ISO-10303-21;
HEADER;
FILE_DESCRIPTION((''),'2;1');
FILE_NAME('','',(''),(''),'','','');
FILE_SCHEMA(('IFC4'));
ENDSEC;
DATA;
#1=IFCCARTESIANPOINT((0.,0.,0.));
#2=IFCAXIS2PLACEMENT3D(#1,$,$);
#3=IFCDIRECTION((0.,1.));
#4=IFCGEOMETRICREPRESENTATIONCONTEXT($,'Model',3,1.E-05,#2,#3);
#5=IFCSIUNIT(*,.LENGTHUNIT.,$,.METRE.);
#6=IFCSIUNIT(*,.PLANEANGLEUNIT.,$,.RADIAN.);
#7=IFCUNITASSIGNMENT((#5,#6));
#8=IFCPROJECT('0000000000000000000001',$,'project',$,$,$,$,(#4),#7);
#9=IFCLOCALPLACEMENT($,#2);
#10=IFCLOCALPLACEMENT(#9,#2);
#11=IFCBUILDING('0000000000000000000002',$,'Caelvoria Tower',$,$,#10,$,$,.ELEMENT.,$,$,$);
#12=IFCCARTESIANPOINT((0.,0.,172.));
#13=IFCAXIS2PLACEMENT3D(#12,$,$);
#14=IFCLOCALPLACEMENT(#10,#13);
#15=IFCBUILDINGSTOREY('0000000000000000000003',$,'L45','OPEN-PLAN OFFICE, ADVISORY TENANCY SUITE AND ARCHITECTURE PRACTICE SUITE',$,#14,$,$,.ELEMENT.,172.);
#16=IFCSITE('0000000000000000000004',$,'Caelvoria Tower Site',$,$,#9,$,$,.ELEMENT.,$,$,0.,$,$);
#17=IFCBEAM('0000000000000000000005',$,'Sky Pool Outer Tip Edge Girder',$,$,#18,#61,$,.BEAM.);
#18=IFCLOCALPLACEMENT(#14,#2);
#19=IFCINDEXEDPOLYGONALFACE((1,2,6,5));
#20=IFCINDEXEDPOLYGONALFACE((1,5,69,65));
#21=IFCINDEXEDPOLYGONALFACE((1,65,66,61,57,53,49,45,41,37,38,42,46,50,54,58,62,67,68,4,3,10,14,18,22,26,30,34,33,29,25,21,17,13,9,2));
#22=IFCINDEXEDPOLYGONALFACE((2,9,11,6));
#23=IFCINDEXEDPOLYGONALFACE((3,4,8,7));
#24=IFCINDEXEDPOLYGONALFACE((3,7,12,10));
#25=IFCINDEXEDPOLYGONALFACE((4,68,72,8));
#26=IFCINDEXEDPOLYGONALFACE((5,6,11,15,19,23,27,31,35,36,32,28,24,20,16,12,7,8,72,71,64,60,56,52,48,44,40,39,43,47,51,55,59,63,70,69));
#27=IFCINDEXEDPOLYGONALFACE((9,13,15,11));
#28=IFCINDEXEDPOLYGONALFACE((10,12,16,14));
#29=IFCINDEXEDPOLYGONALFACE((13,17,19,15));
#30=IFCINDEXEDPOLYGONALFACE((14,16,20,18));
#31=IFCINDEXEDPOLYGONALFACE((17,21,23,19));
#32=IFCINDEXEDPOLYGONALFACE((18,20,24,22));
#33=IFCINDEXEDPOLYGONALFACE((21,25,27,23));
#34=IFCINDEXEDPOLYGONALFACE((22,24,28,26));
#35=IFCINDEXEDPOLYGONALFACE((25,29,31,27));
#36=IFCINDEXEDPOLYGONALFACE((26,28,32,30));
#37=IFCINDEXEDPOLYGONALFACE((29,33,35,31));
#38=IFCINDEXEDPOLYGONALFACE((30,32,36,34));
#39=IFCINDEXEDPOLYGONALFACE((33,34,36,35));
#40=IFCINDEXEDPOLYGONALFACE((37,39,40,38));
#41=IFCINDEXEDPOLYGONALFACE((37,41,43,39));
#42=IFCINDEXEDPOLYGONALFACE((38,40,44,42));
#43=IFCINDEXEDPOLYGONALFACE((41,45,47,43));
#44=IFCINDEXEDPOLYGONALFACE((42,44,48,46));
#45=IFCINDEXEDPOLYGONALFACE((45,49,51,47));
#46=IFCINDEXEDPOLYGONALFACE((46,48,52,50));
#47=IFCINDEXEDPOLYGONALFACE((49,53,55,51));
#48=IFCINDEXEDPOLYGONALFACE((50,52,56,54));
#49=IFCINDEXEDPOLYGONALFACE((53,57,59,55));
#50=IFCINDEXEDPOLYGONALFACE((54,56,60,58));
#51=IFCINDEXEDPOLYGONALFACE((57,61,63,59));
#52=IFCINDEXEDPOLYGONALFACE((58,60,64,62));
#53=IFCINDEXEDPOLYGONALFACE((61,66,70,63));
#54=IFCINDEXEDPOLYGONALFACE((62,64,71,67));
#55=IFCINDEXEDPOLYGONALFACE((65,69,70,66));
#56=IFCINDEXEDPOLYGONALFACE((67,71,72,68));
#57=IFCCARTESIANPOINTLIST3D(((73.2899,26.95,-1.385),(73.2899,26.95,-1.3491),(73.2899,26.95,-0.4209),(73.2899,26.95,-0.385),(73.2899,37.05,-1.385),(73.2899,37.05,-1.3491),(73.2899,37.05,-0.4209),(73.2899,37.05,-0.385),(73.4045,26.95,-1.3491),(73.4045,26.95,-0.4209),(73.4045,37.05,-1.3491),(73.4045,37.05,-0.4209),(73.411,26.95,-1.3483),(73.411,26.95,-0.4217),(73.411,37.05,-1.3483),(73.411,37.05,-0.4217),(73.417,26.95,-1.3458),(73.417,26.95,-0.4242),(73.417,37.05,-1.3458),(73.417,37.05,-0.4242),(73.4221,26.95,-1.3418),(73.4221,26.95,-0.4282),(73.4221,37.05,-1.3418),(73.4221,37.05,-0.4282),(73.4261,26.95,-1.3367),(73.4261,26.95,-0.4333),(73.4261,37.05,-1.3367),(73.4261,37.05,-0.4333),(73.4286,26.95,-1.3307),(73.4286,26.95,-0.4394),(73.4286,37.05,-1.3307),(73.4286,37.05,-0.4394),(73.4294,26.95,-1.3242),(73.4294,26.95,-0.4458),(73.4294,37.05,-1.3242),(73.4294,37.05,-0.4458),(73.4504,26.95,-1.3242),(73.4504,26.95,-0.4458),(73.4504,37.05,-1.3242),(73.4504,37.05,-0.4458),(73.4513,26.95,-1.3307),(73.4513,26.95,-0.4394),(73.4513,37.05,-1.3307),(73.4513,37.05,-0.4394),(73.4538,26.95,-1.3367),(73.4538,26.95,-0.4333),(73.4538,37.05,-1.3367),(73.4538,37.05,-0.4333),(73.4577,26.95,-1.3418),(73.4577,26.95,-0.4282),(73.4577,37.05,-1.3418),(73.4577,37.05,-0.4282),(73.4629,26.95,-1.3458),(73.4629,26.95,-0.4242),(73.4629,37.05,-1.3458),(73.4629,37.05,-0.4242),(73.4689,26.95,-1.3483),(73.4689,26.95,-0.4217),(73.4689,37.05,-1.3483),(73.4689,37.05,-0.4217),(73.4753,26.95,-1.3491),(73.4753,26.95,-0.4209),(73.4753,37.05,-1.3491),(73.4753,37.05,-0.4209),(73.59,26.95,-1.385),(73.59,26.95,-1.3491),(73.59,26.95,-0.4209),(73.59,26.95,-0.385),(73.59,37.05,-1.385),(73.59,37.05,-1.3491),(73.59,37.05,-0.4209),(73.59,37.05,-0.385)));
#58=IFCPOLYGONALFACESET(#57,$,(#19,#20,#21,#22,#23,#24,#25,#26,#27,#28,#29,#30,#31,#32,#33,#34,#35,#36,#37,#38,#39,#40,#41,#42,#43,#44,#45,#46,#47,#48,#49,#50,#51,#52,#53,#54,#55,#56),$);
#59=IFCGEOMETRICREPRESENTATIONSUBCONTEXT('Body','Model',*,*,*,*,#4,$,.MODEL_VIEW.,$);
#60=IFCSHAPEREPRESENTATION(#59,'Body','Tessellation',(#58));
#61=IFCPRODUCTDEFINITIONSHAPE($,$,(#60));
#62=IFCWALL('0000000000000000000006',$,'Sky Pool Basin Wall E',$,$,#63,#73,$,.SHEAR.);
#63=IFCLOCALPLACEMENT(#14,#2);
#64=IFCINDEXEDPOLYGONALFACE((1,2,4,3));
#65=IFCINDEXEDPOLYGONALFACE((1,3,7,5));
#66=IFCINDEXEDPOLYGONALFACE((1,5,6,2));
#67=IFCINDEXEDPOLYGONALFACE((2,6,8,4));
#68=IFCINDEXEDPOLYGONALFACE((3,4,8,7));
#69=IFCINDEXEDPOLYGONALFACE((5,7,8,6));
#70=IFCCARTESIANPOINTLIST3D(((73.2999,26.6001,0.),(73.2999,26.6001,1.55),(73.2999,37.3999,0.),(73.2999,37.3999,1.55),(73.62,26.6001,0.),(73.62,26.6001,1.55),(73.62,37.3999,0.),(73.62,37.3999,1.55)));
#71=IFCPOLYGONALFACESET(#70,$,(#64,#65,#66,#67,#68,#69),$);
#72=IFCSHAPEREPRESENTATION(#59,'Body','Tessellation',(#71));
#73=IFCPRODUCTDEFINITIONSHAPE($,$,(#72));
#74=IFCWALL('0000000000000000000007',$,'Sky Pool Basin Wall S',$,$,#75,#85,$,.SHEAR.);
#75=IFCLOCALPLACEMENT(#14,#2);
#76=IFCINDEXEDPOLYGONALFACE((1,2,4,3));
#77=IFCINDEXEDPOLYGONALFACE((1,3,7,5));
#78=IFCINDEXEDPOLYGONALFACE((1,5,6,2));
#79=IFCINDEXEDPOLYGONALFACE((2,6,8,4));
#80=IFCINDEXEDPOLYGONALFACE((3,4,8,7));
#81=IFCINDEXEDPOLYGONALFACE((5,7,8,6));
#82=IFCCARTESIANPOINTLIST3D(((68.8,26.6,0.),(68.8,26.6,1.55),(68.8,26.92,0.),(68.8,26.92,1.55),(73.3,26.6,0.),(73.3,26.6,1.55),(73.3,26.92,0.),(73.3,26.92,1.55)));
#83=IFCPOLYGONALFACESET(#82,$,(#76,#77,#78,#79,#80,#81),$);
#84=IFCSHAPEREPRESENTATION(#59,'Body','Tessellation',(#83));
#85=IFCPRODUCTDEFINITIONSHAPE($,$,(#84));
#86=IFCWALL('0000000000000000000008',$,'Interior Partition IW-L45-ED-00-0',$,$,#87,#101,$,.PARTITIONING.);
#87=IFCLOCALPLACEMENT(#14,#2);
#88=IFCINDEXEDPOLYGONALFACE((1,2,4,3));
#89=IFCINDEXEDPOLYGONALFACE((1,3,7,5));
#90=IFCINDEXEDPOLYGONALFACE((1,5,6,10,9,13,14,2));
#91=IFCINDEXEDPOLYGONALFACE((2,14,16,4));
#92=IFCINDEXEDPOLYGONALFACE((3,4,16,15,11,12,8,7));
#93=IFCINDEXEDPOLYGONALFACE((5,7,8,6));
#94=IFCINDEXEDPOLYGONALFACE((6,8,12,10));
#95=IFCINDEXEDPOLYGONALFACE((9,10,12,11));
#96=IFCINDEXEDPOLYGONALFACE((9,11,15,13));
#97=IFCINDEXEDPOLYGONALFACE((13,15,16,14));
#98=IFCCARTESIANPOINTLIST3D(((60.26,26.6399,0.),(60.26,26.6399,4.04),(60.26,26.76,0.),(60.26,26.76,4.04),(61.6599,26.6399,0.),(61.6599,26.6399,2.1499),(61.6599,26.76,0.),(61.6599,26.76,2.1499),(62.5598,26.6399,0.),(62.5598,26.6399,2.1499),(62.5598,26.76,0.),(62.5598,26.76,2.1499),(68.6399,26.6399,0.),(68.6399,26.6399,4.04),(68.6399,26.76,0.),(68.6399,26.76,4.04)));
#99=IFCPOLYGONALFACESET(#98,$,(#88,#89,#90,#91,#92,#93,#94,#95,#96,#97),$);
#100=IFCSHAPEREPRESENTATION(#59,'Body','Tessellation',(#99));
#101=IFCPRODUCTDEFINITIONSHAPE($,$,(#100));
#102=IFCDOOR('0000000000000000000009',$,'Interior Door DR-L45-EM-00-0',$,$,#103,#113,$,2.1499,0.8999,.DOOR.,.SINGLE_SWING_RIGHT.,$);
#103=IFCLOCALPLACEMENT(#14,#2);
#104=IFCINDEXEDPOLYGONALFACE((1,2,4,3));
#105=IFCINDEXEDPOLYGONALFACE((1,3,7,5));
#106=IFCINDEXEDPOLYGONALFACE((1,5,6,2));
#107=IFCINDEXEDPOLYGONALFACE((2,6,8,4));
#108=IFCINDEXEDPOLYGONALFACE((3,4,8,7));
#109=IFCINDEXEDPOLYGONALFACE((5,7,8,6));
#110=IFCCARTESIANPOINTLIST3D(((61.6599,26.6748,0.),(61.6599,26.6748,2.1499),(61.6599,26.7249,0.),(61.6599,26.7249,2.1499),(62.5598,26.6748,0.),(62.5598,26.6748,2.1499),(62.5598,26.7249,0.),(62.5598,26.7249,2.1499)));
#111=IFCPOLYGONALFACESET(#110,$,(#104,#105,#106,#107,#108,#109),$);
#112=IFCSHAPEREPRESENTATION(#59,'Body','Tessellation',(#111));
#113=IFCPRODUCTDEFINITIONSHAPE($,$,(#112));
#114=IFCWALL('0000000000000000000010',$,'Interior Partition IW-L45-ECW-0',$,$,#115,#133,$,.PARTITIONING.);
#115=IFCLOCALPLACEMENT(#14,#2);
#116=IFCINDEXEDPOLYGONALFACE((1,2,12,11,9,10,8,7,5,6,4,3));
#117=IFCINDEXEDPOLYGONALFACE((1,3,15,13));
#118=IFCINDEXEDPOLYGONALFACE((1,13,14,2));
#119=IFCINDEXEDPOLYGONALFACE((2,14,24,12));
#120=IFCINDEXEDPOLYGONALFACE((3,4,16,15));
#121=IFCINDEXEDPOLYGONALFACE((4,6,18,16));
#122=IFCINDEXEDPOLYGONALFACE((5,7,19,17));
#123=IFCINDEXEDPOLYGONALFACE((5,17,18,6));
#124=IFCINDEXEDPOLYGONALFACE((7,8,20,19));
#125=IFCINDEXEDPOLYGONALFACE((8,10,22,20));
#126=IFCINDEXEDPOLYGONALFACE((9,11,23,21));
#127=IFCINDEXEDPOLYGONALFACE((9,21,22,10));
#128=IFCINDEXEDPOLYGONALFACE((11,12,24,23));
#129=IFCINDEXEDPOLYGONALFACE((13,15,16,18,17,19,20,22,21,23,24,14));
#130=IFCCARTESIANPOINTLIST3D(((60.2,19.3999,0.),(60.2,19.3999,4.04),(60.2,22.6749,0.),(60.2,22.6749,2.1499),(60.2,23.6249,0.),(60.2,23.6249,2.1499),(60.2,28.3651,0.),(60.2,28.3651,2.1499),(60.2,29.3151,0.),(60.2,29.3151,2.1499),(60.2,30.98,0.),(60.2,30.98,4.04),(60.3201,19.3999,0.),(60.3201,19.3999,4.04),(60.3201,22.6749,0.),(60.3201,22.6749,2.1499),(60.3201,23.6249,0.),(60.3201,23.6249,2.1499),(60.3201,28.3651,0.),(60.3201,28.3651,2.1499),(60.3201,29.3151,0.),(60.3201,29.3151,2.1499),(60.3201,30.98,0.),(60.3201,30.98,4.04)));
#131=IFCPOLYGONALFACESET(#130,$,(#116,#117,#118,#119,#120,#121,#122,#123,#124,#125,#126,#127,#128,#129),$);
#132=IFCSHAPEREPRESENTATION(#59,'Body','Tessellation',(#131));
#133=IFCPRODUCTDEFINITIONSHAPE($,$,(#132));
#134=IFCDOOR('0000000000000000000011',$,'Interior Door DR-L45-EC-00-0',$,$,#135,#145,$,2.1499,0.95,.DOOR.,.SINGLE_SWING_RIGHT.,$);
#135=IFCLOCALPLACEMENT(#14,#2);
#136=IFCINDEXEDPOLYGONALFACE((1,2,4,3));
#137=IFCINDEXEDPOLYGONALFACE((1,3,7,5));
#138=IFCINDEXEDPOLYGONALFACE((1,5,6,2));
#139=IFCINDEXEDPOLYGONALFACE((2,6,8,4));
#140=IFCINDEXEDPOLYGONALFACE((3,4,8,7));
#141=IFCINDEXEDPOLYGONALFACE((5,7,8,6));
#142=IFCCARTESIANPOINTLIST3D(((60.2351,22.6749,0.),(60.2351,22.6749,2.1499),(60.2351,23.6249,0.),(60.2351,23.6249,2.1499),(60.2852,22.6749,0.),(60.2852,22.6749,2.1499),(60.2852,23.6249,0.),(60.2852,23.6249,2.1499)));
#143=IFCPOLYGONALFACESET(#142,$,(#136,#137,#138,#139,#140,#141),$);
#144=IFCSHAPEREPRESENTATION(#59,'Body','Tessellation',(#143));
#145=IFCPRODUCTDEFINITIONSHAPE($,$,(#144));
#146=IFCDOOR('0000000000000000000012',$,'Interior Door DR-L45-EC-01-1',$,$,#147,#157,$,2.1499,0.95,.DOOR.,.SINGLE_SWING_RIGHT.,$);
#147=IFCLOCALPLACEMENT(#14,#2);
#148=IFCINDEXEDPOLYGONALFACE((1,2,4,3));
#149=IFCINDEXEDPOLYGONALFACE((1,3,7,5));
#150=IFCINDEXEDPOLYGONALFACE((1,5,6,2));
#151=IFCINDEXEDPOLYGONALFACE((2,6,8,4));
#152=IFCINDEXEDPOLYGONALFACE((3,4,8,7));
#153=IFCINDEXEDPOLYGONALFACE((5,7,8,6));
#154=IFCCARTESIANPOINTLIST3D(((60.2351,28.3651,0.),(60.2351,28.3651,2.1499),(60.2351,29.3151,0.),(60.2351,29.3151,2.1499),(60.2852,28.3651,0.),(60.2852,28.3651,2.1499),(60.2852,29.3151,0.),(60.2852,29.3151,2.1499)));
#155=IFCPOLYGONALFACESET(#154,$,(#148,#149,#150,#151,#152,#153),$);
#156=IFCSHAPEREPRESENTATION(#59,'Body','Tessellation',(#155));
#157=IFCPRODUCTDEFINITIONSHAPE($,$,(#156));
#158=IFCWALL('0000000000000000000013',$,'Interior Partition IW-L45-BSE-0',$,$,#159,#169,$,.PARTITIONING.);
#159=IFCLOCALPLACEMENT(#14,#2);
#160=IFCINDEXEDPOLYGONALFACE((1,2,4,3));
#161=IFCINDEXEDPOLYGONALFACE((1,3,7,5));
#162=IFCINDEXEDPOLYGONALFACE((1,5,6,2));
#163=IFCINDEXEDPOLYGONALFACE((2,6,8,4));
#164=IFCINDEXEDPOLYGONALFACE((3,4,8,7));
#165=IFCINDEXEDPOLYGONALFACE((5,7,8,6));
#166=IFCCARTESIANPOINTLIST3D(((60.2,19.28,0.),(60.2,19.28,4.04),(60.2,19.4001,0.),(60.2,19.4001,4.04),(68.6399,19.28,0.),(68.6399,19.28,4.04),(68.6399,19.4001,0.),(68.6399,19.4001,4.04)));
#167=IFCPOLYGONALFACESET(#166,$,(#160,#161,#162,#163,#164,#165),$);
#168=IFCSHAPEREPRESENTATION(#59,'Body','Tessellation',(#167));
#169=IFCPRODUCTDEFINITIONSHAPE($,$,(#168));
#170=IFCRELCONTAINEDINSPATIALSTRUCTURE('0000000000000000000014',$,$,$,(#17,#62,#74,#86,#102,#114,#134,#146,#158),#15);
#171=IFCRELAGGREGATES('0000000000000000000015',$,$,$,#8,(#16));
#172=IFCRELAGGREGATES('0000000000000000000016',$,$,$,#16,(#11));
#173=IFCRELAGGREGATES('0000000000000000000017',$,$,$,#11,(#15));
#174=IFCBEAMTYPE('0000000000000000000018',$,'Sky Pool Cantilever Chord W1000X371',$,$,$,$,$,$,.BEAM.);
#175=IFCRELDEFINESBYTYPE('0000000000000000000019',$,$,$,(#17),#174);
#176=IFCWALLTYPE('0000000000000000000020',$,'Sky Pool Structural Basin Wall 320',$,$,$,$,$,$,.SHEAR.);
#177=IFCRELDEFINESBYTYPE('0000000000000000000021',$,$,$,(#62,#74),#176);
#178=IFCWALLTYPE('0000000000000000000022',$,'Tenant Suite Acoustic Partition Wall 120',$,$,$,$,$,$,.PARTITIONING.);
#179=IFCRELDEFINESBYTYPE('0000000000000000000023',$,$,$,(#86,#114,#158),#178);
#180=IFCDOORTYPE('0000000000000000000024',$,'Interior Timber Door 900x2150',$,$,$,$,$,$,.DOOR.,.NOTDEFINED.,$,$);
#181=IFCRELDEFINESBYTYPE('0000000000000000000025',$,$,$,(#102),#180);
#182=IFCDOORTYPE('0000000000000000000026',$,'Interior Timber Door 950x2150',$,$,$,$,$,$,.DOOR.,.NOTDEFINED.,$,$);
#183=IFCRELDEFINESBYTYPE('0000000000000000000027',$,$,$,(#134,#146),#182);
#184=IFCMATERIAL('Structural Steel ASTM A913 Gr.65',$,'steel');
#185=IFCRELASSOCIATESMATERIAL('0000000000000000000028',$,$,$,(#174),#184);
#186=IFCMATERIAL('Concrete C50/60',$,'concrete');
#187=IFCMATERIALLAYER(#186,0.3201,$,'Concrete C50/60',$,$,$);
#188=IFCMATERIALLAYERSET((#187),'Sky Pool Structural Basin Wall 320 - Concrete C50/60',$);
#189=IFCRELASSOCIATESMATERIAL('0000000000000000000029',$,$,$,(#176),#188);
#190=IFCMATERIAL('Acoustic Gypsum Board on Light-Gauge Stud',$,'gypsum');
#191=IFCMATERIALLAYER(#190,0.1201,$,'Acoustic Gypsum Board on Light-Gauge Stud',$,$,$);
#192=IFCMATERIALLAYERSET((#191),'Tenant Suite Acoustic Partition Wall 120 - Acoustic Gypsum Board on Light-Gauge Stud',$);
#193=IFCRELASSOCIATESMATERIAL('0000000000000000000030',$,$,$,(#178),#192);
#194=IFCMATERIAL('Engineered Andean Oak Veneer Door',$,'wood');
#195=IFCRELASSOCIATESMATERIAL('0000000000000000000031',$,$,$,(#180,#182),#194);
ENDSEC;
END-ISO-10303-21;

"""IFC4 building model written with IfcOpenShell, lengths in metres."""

from ifc_helpers import new_model, si_unit, direction, frame, frame_2d, origin, origin_2d, place, context, subcontext, project, spatial, rectangle, i_section, extrude, material, layer, layer_set, material_profile, profile_set, type_object, element, fill, save


model = new_model("IFC4")

# Units and contexts
model_context = context("Model", 3, precision=1e-05, world=origin(), true_north=direction((0.0, 1.0)))
body_context = subcontext(model_context, "Body", "Model", "MODEL_VIEW")
ifc_project = project(units=[si_unit("LENGTHUNIT", "METRE"), si_unit("PLANEANGLEUNIT", "RADIAN")], contexts=[model_context])

# Site, building, storey
site_placement = place(None, origin())
site = spatial("IfcSite", under=ifc_project, at=site_placement, Name="Caelvoria Tower Site", CompositionType="ELEMENT", RefElevation=0.0)
building_placement = place(site_placement, origin())
building = spatial("IfcBuilding", under=site, at=building_placement, Name="Caelvoria Tower", CompositionType="ELEMENT")
storey_placement = place(building_placement, frame((0.0, 0.0, 172.0)))
storey = spatial("IfcBuildingStorey", under=building, at=storey_placement, Name="L45", Description="OPEN-PLAN OFFICE, ADVISORY TENANCY SUITE AND ARCHITECTURE PRACTICE SUITE", CompositionType="ELEMENT", Elevation=172.0)

# Beam
ifc_material_1 = material(Name="Structural Steel ASTM A913 Gr.65", Category="steel")
ifc_material_profile_1 = material_profile(ifc_material_1, i_section(OverallWidth=0.3, OverallDepth=1.0, WebThickness=0.021, FlangeThickness=0.0359, FilletRadius=0.0249, at=origin_2d()), Name="Structural Steel ASTM A913 Gr.65")
ifc_profile_set_1 = profile_set([ifc_material_profile_1], Name="W1000X371 - Structural Steel ASTM A913 Gr.65")
beam_type_1 = type_object("IfcBeamType", Name="Sky Pool Cantilever Chord W1000X371", PredefinedType="BEAM", material=ifc_profile_set_1)
beam_1_placement = place(storey_placement, frame((73.4399, 26.95, -0.885), z_axis=(0.0, 1.0, 0.0), x_axis=(-1.0, 0.0, 0.0)))
element("IfcBeam", 1, at=beam_1_placement, inside=storey, type_object=beam_type_1, Name="Sky Pool Outer Tip Edge Girder", PredefinedType="BEAM", context=body_context, shape_type="SweptSolid", body=[
    extrude(i_section(OverallWidth=0.3, OverallDepth=1.0, WebThickness=0.021, FlangeThickness=0.0359, FilletRadius=0.0249, at=origin_2d()), origin(), (0.0, 0.0, 1.0), 10.1001),
])

# Walls
ifc_material_2 = material(Name="Concrete C50/60", Category="concrete")
ifc_layer_1 = layer(ifc_material_2, 0.3201, Name="Concrete C50/60")
ifc_layer_set_1 = layer_set([ifc_layer_1], Name="Sky Pool Structural Basin Wall 320 - Concrete C50/60")
wall_type_1 = type_object("IfcWallType", Name="Sky Pool Structural Basin Wall 320", PredefinedType="SHEAR", material=ifc_layer_set_1)
wall_1_placement = place(storey_placement, frame((73.46, 26.6001, 0.0), z_axis=(0.0, 0.0, 1.0), x_axis=(0.0, 1.0, 0.0)))
element("IfcWall", 2, at=wall_1_placement, inside=storey, type_object=wall_type_1, Name="Sky Pool Basin Wall E", PredefinedType="SHEAR", context=body_context, shape_type="SweptSolid", body=[
    extrude(rectangle(XDim=10.7998, YDim=0.3201, at=frame_2d((5.3999, 0.0))), origin(), (0.0, 0.0, 1.0), 1.55),
])
wall_2_placement = place(storey_placement, frame((68.8, 26.76, 0.0), z_axis=(0.0, 0.0, 1.0), x_axis=(1.0, 0.0, 0.0)))
element("IfcWall", 3, at=wall_2_placement, inside=storey, type_object=wall_type_1, Name="Sky Pool Basin Wall S", PredefinedType="SHEAR", context=body_context, shape_type="SweptSolid", body=[
    extrude(rectangle(XDim=4.5, YDim=0.3201, at=frame_2d((2.25, 0.0))), origin(), (0.0, 0.0, 1.0), 1.55),
])

# Wall, opening, door
ifc_material_3 = material(Name="Acoustic Gypsum Board on Light-Gauge Stud", Category="gypsum")
ifc_layer_2 = layer(ifc_material_3, 0.1201, Name="Acoustic Gypsum Board on Light-Gauge Stud")
ifc_layer_set_2 = layer_set([ifc_layer_2], Name="Tenant Suite Acoustic Partition Wall 120 - Acoustic Gypsum Board on Light-Gauge Stud")
wall_type_2 = type_object("IfcWallType", Name="Tenant Suite Acoustic Partition Wall 120", PredefinedType="PARTITIONING", material=ifc_layer_set_2)
wall_3_placement = place(storey_placement, frame((60.26, 26.7, 0.0), z_axis=(0.0, 0.0, 1.0), x_axis=(1.0, 0.0, 0.0)))
wall_3 = element("IfcWall", 4, at=wall_3_placement, inside=storey, type_object=wall_type_2, Name="Interior Partition IW-L45-ED-00-0", PredefinedType="PARTITIONING", context=body_context, shape_type="SweptSolid", body=[
    extrude(rectangle(XDim=8.3799, YDim=0.1201, at=frame_2d((4.1899, 0.0))), origin(), (0.0, 0.0, 1.0), 4.04),
])
opening_1_placement = place(wall_3_placement, frame((1.3999, 0.0, 0.0)))
opening_1 = element("IfcOpeningElement", 5, at=opening_1_placement, cuts=wall_3, PredefinedType="OPENING", context=body_context, shape_type="SweptSolid", body=[
    extrude(rectangle(XDim=0.8999, YDim=2.1499, at=frame_2d((0.45, 1.075))), frame((0.0, 0.0701, 0.0), z_axis=(0.0, -1.0, 0.0), x_axis=(1.0, 0.0, 0.0)), (0.0, 0.0, 1.0), 0.1401),
])
ifc_material_4 = material(Name="Engineered Andean Oak Veneer Door", Category="wood")
door_type_1 = type_object("IfcDoorType", Name="Interior Timber Door 900x2150", OperationType="NOTDEFINED", PredefinedType="DOOR", material=ifc_material_4)
door_1_placement = place(opening_1_placement, origin())
door_1 = element("IfcDoor", 6, at=door_1_placement, inside=storey, type_object=door_type_1, Name="Interior Door DR-L45-EM-00-0", OperationType="SINGLE_SWING_RIGHT", OverallHeight=2.1499, OverallWidth=0.8999, PredefinedType="DOOR", context=body_context, shape_type="SweptSolid", body=[
    extrude(rectangle(XDim=0.8999, YDim=2.1499, at=frame_2d((0.45, 1.075))), frame((0.0, 0.0249, 0.0), z_axis=(0.0, -1.0, 0.0), x_axis=(1.0, 0.0, 0.0)), (0.0, 0.0, 1.0), 0.05),
])
fill(opening_1, door_1)

# Wall, openings, doors
wall_4_placement = place(storey_placement, frame((60.26, 19.3999, 0.0), z_axis=(0.0, 0.0, 1.0), x_axis=(0.0, 1.0, 0.0)))
wall_4 = element("IfcWall", 7, at=wall_4_placement, inside=storey, type_object=wall_type_2, Name="Interior Partition IW-L45-ECW-0", PredefinedType="PARTITIONING", context=body_context, shape_type="SweptSolid", body=[
    extrude(rectangle(XDim=11.5801, YDim=0.1201, at=frame_2d((5.79, 0.0))), origin(), (0.0, 0.0, 1.0), 4.04),
])
opening_2_placement = place(wall_4_placement, frame((3.2749, 0.0, 0.0)))
opening_2 = element("IfcOpeningElement", 8, at=opening_2_placement, cuts=wall_4, PredefinedType="OPENING", context=body_context, shape_type="SweptSolid", body=[
    extrude(rectangle(XDim=0.95, YDim=2.1499, at=frame_2d((0.4751, 1.075))), frame((0.0, 0.0701, 0.0), z_axis=(0.0, -1.0, 0.0), x_axis=(1.0, 0.0, 0.0)), (0.0, 0.0, 1.0), 0.1401),
])
opening_3_placement = place(wall_4_placement, frame((8.9651, 0.0, 0.0)))
opening_3 = element("IfcOpeningElement", 9, at=opening_3_placement, cuts=wall_4, PredefinedType="OPENING", context=body_context, shape_type="SweptSolid", body=[
    extrude(rectangle(XDim=0.95, YDim=2.1499, at=frame_2d((0.4751, 1.075))), frame((0.0, 0.0701, 0.0), z_axis=(0.0, -1.0, 0.0), x_axis=(1.0, 0.0, 0.0)), (0.0, 0.0, 1.0), 0.1401),
])
door_type_2 = type_object("IfcDoorType", Name="Interior Timber Door 950x2150", OperationType="NOTDEFINED", PredefinedType="DOOR", material=ifc_material_4)
door_2_placement = place(opening_2_placement, origin())
door_2 = element("IfcDoor", 10, at=door_2_placement, inside=storey, type_object=door_type_2, Name="Interior Door DR-L45-EC-00-0", OperationType="SINGLE_SWING_RIGHT", OverallHeight=2.1499, OverallWidth=0.95, PredefinedType="DOOR", context=body_context, shape_type="SweptSolid", body=[
    extrude(rectangle(XDim=0.95, YDim=2.1499, at=frame_2d((0.4751, 1.075))), frame((0.0, 0.0249, 0.0), z_axis=(0.0, -1.0, 0.0), x_axis=(1.0, 0.0, 0.0)), (0.0, 0.0, 1.0), 0.05),
])
fill(opening_2, door_2)
door_3_placement = place(opening_3_placement, origin())
door_3 = element("IfcDoor", 11, at=door_3_placement, inside=storey, type_object=door_type_2, Name="Interior Door DR-L45-EC-01-1", OperationType="SINGLE_SWING_RIGHT", OverallHeight=2.1499, OverallWidth=0.95, PredefinedType="DOOR", context=body_context, shape_type="SweptSolid", body=[
    extrude(rectangle(XDim=0.95, YDim=2.1499, at=frame_2d((0.4751, 1.075))), frame((0.0, 0.0249, 0.0), z_axis=(0.0, -1.0, 0.0), x_axis=(1.0, 0.0, 0.0)), (0.0, 0.0, 1.0), 0.05),
])
fill(opening_3, door_3)

# Wall
wall_5_placement = place(storey_placement, frame((60.2, 19.3401, 0.0), z_axis=(0.0, 0.0, 1.0), x_axis=(1.0, 0.0, 0.0)))
element("IfcWall", 12, at=wall_5_placement, inside=storey, type_object=wall_type_2, Name="Interior Partition IW-L45-BSE-0", PredefinedType="PARTITIONING", context=body_context, shape_type="SweptSolid", body=[
    extrude(rectangle(XDim=8.4399, YDim=0.1201, at=frame_2d((4.22, 0.0))), origin(), (0.0, 0.0, 1.0), 4.04),
])

save(model, "model.ifc")
